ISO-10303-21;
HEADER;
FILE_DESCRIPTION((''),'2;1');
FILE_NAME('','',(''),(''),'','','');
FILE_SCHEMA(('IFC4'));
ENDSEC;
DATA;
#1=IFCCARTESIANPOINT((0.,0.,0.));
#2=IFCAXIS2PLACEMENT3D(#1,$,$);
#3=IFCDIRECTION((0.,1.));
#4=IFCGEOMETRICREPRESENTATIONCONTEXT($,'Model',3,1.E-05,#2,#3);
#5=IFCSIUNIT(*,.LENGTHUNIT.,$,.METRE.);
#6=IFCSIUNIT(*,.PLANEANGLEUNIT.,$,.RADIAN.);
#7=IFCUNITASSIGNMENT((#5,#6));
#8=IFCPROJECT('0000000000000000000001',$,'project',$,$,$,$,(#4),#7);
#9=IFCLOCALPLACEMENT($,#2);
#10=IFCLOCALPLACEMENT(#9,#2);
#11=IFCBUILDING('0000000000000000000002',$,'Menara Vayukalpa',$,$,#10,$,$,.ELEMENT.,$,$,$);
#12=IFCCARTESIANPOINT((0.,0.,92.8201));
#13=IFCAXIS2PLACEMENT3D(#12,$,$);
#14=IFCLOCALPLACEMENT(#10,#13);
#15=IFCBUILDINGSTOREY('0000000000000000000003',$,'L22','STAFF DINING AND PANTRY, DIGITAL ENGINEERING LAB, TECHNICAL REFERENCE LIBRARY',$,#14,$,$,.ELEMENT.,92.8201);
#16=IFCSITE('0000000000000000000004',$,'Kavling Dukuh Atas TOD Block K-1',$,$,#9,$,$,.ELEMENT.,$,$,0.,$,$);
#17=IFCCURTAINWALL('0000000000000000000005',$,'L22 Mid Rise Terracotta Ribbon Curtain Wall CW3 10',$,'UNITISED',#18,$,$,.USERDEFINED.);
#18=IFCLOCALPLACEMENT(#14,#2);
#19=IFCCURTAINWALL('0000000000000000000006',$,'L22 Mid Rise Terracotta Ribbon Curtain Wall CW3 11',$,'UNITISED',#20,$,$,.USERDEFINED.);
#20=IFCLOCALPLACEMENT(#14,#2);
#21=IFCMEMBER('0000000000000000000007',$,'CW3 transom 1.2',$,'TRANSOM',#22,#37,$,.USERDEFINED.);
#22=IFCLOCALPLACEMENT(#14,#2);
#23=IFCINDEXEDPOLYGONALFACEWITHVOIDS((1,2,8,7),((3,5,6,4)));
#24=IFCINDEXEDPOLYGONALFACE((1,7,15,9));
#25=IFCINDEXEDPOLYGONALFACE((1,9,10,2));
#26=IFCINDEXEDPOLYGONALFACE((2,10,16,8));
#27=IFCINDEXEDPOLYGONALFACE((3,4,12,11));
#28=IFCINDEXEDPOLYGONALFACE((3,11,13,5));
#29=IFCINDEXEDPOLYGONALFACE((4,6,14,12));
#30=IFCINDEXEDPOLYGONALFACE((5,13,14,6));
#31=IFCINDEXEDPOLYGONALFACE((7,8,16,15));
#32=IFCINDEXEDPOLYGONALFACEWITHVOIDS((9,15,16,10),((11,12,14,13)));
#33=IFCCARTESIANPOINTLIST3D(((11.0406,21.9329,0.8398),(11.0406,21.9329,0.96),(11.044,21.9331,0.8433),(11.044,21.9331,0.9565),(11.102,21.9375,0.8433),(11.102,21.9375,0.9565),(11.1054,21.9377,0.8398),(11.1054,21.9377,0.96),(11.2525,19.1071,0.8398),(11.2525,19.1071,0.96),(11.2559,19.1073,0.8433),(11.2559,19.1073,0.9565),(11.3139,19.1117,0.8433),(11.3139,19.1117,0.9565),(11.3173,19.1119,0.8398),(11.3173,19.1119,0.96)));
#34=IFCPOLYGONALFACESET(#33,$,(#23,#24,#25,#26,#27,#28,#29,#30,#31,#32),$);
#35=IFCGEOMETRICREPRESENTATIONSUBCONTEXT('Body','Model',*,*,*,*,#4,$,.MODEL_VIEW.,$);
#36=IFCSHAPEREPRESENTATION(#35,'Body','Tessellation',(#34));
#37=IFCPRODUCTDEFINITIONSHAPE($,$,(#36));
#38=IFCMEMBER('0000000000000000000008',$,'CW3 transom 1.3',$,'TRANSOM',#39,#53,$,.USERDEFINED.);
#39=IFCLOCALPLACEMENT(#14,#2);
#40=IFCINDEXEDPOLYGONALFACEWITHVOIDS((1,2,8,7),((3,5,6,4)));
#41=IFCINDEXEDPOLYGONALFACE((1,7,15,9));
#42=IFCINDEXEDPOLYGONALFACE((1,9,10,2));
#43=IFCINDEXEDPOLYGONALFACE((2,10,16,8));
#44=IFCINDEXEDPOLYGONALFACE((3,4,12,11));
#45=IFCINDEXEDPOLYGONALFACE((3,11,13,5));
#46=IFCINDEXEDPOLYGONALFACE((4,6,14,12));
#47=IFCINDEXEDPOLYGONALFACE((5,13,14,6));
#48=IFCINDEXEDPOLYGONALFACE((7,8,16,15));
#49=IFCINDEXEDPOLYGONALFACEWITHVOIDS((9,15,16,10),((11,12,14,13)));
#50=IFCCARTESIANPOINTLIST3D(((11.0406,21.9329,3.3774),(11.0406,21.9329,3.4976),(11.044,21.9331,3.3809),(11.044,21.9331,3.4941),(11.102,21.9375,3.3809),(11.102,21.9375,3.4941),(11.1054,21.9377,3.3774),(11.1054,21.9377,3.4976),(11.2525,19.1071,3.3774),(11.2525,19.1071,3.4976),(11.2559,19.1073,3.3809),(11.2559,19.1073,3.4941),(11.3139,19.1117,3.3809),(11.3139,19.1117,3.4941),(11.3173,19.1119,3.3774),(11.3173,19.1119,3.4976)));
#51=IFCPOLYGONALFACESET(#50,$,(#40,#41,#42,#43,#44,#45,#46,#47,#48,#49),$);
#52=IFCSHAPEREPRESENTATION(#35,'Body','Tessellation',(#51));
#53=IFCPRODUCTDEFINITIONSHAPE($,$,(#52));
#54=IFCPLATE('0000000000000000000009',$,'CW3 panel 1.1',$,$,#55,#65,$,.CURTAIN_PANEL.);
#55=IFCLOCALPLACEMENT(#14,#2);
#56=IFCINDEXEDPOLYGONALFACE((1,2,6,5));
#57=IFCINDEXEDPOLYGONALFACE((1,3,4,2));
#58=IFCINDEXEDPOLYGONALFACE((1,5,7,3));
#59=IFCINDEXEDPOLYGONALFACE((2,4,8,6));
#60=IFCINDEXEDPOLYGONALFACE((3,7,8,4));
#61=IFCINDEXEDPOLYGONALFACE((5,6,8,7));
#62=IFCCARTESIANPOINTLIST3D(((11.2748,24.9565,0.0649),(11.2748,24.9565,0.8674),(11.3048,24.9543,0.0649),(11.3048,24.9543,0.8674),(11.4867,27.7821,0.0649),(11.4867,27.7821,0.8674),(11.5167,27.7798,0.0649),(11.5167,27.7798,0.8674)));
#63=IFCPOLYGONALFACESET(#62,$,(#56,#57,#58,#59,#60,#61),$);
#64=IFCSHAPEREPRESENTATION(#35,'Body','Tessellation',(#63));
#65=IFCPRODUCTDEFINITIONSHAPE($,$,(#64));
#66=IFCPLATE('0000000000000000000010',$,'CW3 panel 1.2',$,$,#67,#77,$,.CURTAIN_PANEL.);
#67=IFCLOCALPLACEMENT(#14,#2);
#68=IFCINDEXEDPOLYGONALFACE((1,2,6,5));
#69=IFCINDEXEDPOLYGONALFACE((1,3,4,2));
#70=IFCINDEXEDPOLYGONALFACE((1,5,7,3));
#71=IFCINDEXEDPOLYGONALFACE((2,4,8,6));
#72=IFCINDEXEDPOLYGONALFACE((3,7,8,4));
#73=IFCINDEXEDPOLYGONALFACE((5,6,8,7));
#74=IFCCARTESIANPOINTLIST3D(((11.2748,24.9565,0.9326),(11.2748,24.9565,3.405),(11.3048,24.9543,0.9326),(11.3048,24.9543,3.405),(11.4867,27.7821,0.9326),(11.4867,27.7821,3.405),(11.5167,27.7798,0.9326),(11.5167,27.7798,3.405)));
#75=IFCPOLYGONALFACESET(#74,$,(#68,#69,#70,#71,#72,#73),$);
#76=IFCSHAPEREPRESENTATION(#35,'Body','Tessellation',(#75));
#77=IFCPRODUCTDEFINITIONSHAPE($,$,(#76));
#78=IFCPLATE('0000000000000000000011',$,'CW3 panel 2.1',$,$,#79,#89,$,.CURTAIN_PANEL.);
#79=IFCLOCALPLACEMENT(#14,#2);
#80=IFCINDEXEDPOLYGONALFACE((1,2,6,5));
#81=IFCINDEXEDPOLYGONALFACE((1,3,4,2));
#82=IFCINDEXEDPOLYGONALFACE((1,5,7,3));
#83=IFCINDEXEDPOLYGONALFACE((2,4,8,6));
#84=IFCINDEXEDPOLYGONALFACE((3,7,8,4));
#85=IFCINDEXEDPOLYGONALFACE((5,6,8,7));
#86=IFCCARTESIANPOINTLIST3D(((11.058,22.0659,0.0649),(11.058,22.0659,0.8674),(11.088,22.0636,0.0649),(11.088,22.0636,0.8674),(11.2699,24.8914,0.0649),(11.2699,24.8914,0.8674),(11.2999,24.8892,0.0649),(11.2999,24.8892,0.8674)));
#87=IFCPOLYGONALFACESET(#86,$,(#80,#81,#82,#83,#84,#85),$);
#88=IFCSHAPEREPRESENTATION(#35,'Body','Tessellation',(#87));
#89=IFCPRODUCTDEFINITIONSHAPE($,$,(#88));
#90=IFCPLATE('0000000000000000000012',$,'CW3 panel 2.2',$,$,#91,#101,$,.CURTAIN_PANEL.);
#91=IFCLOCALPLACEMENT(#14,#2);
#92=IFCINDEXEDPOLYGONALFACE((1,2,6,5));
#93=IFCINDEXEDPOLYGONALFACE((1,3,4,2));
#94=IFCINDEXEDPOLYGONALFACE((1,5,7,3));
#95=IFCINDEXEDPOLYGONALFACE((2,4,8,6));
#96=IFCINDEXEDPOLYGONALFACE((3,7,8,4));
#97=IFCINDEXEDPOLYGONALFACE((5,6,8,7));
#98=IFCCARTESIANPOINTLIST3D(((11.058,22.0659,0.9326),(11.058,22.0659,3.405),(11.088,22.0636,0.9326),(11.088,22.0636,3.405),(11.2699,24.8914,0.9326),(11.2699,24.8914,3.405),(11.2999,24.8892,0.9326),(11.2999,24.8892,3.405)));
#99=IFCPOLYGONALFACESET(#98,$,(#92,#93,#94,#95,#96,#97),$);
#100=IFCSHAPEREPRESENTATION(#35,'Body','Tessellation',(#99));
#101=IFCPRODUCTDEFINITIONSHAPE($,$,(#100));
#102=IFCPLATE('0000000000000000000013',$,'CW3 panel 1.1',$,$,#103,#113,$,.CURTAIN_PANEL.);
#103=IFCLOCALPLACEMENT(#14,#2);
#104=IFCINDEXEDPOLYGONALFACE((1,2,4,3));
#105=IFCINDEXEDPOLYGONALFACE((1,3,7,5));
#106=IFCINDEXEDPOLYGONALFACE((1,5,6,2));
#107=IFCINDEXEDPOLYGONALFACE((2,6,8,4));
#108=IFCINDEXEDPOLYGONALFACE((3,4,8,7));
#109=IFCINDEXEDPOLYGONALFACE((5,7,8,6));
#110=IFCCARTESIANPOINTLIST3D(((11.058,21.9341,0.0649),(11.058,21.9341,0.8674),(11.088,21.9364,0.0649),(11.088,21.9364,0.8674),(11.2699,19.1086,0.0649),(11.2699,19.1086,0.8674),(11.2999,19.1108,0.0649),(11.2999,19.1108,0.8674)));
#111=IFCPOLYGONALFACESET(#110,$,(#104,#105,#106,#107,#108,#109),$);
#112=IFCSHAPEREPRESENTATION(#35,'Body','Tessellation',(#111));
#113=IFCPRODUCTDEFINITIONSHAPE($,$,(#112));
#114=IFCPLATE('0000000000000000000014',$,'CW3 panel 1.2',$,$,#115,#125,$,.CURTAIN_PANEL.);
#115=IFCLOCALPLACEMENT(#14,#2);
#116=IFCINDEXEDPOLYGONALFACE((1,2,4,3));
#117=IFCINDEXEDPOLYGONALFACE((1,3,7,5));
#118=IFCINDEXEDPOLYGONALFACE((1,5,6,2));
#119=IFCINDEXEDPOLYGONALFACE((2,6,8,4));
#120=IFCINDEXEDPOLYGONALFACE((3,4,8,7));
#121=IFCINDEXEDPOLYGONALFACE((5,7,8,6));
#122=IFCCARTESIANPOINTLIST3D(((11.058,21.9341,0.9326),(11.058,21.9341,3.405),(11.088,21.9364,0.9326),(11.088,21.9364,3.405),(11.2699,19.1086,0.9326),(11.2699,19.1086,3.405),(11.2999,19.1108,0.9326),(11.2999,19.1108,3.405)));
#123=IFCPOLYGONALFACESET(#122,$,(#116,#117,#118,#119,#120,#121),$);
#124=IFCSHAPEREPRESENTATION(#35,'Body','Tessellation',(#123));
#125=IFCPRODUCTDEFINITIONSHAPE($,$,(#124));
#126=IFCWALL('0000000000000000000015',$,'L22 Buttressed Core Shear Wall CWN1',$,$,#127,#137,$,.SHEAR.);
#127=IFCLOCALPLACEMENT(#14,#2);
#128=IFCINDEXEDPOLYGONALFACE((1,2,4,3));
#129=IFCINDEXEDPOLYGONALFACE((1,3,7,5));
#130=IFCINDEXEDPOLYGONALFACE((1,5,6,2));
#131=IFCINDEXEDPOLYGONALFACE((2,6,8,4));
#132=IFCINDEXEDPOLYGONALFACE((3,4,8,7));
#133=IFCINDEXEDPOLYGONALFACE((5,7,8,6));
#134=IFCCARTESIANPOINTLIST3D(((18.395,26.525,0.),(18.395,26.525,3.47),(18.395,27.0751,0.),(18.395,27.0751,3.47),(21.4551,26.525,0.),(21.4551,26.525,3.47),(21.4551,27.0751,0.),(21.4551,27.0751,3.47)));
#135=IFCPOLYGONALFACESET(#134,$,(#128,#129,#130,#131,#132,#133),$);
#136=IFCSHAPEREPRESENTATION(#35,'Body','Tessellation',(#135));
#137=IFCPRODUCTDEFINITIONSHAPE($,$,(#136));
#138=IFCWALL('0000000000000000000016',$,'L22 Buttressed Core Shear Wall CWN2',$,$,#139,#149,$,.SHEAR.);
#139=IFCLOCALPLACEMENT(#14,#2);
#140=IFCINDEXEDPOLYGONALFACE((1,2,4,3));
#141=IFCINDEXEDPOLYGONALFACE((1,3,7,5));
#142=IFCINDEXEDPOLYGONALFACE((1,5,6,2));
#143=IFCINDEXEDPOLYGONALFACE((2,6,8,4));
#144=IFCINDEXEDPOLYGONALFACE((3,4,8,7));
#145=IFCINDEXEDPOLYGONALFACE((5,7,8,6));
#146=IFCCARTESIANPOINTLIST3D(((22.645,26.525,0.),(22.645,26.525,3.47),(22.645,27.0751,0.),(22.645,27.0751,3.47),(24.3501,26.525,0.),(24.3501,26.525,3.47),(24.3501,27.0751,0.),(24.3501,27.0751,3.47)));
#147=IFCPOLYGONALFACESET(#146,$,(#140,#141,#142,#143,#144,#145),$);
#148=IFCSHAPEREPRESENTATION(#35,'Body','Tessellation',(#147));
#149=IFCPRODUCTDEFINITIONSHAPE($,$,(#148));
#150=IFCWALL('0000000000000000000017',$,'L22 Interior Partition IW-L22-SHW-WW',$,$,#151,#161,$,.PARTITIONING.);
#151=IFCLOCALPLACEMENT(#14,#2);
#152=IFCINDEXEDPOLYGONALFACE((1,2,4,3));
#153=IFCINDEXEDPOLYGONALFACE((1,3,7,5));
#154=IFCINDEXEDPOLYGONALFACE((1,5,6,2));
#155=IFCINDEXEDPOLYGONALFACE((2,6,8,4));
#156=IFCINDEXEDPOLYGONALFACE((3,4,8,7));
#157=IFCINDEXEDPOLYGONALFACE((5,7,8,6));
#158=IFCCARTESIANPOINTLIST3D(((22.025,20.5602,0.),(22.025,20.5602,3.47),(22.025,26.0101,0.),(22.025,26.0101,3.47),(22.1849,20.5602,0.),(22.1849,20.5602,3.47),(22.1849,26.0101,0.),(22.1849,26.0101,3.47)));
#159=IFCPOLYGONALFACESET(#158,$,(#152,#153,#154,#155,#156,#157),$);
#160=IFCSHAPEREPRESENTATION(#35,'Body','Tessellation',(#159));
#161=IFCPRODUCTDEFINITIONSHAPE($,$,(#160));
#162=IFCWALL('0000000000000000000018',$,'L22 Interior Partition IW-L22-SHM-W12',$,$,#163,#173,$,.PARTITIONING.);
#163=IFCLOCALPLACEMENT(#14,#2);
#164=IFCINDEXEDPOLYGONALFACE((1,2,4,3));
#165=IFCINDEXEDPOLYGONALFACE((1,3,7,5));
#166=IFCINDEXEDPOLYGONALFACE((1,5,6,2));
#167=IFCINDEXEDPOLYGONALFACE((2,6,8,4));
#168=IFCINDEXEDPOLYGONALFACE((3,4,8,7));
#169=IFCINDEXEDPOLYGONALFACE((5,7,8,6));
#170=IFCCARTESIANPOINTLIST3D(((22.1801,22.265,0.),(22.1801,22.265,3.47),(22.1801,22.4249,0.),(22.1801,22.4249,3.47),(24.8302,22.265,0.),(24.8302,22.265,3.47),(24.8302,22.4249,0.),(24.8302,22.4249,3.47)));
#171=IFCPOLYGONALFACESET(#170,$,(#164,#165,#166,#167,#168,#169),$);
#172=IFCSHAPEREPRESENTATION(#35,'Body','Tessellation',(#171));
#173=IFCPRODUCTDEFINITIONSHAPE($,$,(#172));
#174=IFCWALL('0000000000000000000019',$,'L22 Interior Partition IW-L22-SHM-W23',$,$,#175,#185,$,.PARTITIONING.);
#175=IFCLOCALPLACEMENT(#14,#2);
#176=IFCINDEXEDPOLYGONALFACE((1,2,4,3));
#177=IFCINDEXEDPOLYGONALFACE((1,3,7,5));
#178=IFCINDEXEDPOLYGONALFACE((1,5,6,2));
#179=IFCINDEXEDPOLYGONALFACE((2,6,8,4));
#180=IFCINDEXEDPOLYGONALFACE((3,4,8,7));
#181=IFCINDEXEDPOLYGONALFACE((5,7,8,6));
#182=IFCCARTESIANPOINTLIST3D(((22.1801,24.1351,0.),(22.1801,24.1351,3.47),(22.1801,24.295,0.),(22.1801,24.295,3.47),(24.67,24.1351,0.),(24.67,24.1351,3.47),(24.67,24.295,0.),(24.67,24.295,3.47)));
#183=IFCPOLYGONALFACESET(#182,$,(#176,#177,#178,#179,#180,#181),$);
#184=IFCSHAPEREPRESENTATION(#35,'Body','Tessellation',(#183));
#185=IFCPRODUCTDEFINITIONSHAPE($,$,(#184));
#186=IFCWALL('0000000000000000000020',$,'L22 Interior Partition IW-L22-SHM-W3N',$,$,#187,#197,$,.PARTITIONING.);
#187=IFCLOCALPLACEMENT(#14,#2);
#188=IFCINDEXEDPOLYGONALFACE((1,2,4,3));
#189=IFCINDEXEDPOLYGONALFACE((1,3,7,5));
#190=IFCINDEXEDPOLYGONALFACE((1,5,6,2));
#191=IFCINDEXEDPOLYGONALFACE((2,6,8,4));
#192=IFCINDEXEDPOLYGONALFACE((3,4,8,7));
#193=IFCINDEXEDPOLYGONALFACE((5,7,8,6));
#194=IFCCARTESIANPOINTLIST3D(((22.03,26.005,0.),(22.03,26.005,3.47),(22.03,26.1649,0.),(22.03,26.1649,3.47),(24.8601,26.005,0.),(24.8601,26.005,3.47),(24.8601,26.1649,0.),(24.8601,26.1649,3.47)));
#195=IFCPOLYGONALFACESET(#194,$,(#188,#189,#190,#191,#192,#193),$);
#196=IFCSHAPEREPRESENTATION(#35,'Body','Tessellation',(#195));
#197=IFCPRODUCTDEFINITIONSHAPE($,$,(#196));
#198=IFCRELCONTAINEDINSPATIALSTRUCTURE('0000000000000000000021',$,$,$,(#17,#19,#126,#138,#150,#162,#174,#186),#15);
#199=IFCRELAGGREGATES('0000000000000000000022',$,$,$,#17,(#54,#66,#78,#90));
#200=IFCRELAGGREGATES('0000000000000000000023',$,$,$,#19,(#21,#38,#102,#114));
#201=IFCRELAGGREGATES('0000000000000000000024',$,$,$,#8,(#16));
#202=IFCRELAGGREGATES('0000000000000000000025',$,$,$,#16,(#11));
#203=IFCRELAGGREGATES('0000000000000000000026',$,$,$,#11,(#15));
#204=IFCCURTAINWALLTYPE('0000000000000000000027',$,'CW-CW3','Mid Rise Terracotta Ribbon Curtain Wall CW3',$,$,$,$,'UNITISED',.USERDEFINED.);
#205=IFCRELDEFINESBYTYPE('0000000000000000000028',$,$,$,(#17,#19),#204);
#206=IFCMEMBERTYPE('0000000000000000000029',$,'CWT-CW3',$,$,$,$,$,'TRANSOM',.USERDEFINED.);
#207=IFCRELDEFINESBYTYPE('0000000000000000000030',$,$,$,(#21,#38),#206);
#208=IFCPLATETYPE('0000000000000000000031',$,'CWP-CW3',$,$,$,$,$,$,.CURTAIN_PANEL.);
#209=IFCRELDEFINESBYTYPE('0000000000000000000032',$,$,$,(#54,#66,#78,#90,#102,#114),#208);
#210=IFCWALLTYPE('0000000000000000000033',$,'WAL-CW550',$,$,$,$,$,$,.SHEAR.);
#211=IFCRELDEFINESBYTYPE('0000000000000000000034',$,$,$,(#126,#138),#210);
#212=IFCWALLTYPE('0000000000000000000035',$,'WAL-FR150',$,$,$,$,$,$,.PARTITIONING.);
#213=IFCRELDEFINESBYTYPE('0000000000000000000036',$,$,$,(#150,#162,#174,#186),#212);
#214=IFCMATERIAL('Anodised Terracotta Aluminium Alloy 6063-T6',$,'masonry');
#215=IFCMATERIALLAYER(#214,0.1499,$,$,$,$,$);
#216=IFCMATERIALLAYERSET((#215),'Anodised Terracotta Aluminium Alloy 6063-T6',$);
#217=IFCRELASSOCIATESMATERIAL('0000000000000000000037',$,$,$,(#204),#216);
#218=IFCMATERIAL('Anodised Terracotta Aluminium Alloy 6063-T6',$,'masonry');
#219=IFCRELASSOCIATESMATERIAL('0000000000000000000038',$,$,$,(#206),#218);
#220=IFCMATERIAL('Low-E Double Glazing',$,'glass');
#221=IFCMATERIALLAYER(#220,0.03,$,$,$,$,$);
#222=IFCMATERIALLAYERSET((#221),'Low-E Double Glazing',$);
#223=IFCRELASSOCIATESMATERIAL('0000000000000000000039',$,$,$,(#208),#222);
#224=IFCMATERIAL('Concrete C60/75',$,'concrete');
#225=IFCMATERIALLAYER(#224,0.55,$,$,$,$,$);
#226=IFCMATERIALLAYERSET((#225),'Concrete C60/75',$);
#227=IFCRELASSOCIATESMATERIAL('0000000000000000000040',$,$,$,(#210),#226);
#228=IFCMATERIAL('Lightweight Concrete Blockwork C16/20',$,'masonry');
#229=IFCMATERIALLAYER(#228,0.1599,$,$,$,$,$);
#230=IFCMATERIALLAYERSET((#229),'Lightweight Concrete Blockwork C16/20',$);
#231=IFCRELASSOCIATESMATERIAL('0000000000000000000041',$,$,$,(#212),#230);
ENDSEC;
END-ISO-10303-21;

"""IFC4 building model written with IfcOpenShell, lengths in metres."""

from ifc_helpers import new_model, si_unit, direction, frame, frame_2d, origin, origin_2d, place, context, subcontext, project, spatial, rectangle, hollow_rectangle, extrude, material, layer, layer_set, material_profile, profile_set, type_object, element, aggregate, save


model = new_model("IFC4")

# Units and contexts
model_context = context("Model", 3, precision=1e-05, world=origin(), true_north=direction((0.0, 1.0)))
body_context = subcontext(model_context, "Body", "Model", "MODEL_VIEW")
ifc_project = project(units=[si_unit("LENGTHUNIT", "METRE"), si_unit("PLANEANGLEUNIT", "RADIAN")], contexts=[model_context])

# Site, building, storey
site_placement = place(None, origin())
site = spatial("IfcSite", under=ifc_project, at=site_placement, Name="Kavling Dukuh Atas TOD Block K-1", CompositionType="ELEMENT", RefElevation=0.0)
building_placement = place(site_placement, origin())
building = spatial("IfcBuilding", under=site, at=building_placement, Name="Menara Vayukalpa", CompositionType="ELEMENT")
storey_placement = place(building_placement, frame((0.0, 0.0, 92.8201)))
storey = spatial("IfcBuildingStorey", under=building, at=storey_placement, Name="L22", Description="STAFF DINING AND PANTRY, DIGITAL ENGINEERING LAB, TECHNICAL REFERENCE LIBRARY", CompositionType="ELEMENT", Elevation=92.8201)

# Curtain wall
ifc_material_1 = material(Name="Anodised Terracotta Aluminium Alloy 6063-T6", Category="masonry")
ifc_layer_1 = layer(ifc_material_1, 0.1499)
ifc_layer_set_1 = layer_set([ifc_layer_1], Name="Anodised Terracotta Aluminium Alloy 6063-T6")
curtain_wall_type = type_object("IfcCurtainWallType", Name="CW-CW3", Description="Mid Rise Terracotta Ribbon Curtain Wall CW3", ElementType="UNITISED", PredefinedType="USERDEFINED", material=ifc_layer_set_1)
curtain_wall_1_placement = place(storey_placement, origin())
curtain_wall_1 = element("IfcCurtainWall", 1, at=curtain_wall_1_placement, inside=storey, type_object=curtain_wall_type, Name="L22 Mid Rise Terracotta Ribbon Curtain Wall CW3 10", ObjectType="UNITISED", PredefinedType="USERDEFINED")

# Curtain wall
curtain_wall_2_placement = place(storey_placement, origin())
curtain_wall_2 = element("IfcCurtainWall", 2, at=curtain_wall_2_placement, inside=storey, type_object=curtain_wall_type, Name="L22 Mid Rise Terracotta Ribbon Curtain Wall CW3 11", ObjectType="UNITISED", PredefinedType="USERDEFINED")

# Members
ifc_material_2 = material(Name="Anodised Terracotta Aluminium Alloy 6063-T6", Category="masonry")
ifc_material_profile_1 = material_profile(ifc_material_2, hollow_rectangle(XDim=0.0649, YDim=0.1201, WallThickness=0.0034, at=origin_2d()), Name="ALU 65x120x3.5")
ifc_profile_set_1 = profile_set([ifc_material_profile_1], Name="Anodised Terracotta Aluminium Alloy 6063-T6")
member_type_1 = type_object("IfcMemberType", Name="CWT-CW3", ElementType="TRANSOM", PredefinedType="USERDEFINED", material=ifc_profile_set_1)
member_1_placement = place(storey_placement, frame((11.073, 21.9353, 0.8999), z_axis=(0.074786, -0.9972, 0.0), x_axis=(0.9972, 0.074786, 0.0)))
member_1 = element("IfcMember", 3, at=member_1_placement, type_object=member_type_1, Name="CW3 transom 1.2", ObjectType="TRANSOM", PredefinedType="USERDEFINED", context=body_context, shape_type="SweptSolid", body=[
    extrude(hollow_rectangle(XDim=0.0649, YDim=0.1201, WallThickness=0.0034, at=origin_2d()), origin(), (0.0, 0.0, 1.0), 2.8337),
])
member_2_placement = place(storey_placement, frame((11.073, 21.9353, 3.4375), z_axis=(0.074786, -0.9972, 0.0), x_axis=(0.9972, 0.074786, 0.0)))
member_2 = element("IfcMember", 4, at=member_2_placement, type_object=member_type_1, Name="CW3 transom 1.3", ObjectType="TRANSOM", PredefinedType="USERDEFINED", context=body_context, shape_type="SweptSolid", body=[
    extrude(hollow_rectangle(XDim=0.0649, YDim=0.1201, WallThickness=0.0034, at=origin_2d()), origin(), (0.0, 0.0, 1.0), 2.8337),
])

# Plates
ifc_material_3 = material(Name="Low-E Double Glazing", Category="glass")
ifc_layer_2 = layer(ifc_material_3, 0.03)
ifc_layer_set_2 = layer_set([ifc_layer_2], Name="Low-E Double Glazing")
plate_type = type_object("IfcPlateType", Name="CWP-CW3", PredefinedType="CURTAIN_PANEL", material=ifc_layer_set_2)
plate_1_placement = place(storey_placement, frame((11.3958, 26.3682, 0.0649), z_axis=(0.0, 0.0, 1.0), x_axis=(-0.074785, -0.9972, 0.0)))
plate_1 = element("IfcPlate", 5, at=plate_1_placement, type_object=plate_type, Name="CW3 panel 1.1", PredefinedType="CURTAIN_PANEL", context=body_context, shape_type="SweptSolid", body=[
    extrude(rectangle(XDim=2.8335, YDim=0.03, at=origin_2d()), origin(), (0.0, 0.0, 1.0), 0.8025),
])
plate_2_placement = place(storey_placement, frame((11.3958, 26.3682, 0.9326), z_axis=(0.0, 0.0, 1.0), x_axis=(-0.074785, -0.9972, 0.0)))
plate_2 = element("IfcPlate", 6, at=plate_2_placement, type_object=plate_type, Name="CW3 panel 1.2", PredefinedType="CURTAIN_PANEL", context=body_context, shape_type="SweptSolid", body=[
    extrude(rectangle(XDim=2.8335, YDim=0.03, at=origin_2d()), origin(), (0.0, 0.0, 1.0), 2.4724),
])
plate_3_placement = place(storey_placement, frame((11.179, 23.4775, 0.0649), z_axis=(0.0, 0.0, 1.0), x_axis=(-0.074785, -0.9972, 0.0)))
plate_3 = element("IfcPlate", 7, at=plate_3_placement, type_object=plate_type, Name="CW3 panel 2.1", PredefinedType="CURTAIN_PANEL", context=body_context, shape_type="SweptSolid", body=[
    extrude(rectangle(XDim=2.8335, YDim=0.03, at=origin_2d()), origin(), (0.0, 0.0, 1.0), 0.8025),
])
plate_4_placement = place(storey_placement, frame((11.179, 23.4775, 0.9326), z_axis=(0.0, 0.0, 1.0), x_axis=(-0.074785, -0.9972, 0.0)))
plate_4 = element("IfcPlate", 8, at=plate_4_placement, type_object=plate_type, Name="CW3 panel 2.2", PredefinedType="CURTAIN_PANEL", context=body_context, shape_type="SweptSolid", body=[
    extrude(rectangle(XDim=2.8335, YDim=0.03, at=origin_2d()), origin(), (0.0, 0.0, 1.0), 2.4724),
])
aggregate(curtain_wall_1, [plate_1, plate_2, plate_3, plate_4])
plate_5_placement = place(storey_placement, frame((11.179, 20.5225, 0.0649), z_axis=(0.0, 0.0, 1.0), x_axis=(0.074785, -0.9972, 0.0)))
plate_5 = element("IfcPlate", 9, at=plate_5_placement, type_object=plate_type, Name="CW3 panel 1.1", PredefinedType="CURTAIN_PANEL", context=body_context, shape_type="SweptSolid", body=[
    extrude(rectangle(XDim=2.8335, YDim=0.03, at=origin_2d()), origin(), (0.0, 0.0, 1.0), 0.8025),
])
plate_6_placement = place(storey_placement, frame((11.179, 20.5225, 0.9326), z_axis=(0.0, 0.0, 1.0), x_axis=(0.074785, -0.9972, 0.0)))
plate_6 = element("IfcPlate", 10, at=plate_6_placement, type_object=plate_type, Name="CW3 panel 1.2", PredefinedType="CURTAIN_PANEL", context=body_context, shape_type="SweptSolid", body=[
    extrude(rectangle(XDim=2.8335, YDim=0.03, at=origin_2d()), origin(), (0.0, 0.0, 1.0), 2.4724),
])
aggregate(curtain_wall_2, [member_1, member_2, plate_5, plate_6])

# Walls
ifc_material_4 = material(Name="Concrete C60/75", Category="concrete")
ifc_layer_3 = layer(ifc_material_4, 0.55)
ifc_layer_set_3 = layer_set([ifc_layer_3], Name="Concrete C60/75")
wall_type_1 = type_object("IfcWallType", Name="WAL-CW550", PredefinedType="SHEAR", material=ifc_layer_set_3)
wall_1_placement = place(storey_placement, frame((18.395, 26.8, 0.0), z_axis=(0.0, 0.0, 1.0), x_axis=(1.0, 0.0, 0.0)))
element("IfcWall", 11, at=wall_1_placement, inside=storey, type_object=wall_type_1, Name="L22 Buttressed Core Shear Wall CWN1", PredefinedType="SHEAR", context=body_context, shape_type="SweptSolid", body=[
    extrude(rectangle(XDim=3.0601, YDim=0.55, at=frame_2d((1.53, 0.0))), origin(), (0.0, 0.0, 1.0), 3.47),
])
wall_2_placement = place(storey_placement, frame((22.645, 26.8, 0.0), z_axis=(0.0, 0.0, 1.0), x_axis=(1.0, 0.0, 0.0)))
element("IfcWall", 12, at=wall_2_placement, inside=storey, type_object=wall_type_1, Name="L22 Buttressed Core Shear Wall CWN2", PredefinedType="SHEAR", context=body_context, shape_type="SweptSolid", body=[
    extrude(rectangle(XDim=1.7051, YDim=0.55, at=frame_2d((0.8525, 0.0))), origin(), (0.0, 0.0, 1.0), 3.47),
])
ifc_material_5 = material(Name="Lightweight Concrete Blockwork C16/20", Category="masonry")
ifc_layer_4 = layer(ifc_material_5, 0.1599)
ifc_layer_set_4 = layer_set([ifc_layer_4], Name="Lightweight Concrete Blockwork C16/20")
wall_type_2 = type_object("IfcWallType", Name="WAL-FR150", PredefinedType="PARTITIONING", material=ifc_layer_set_4)
wall_3_placement = place(storey_placement, frame((22.105, 20.5601, 0.0), z_axis=(0.0, 0.0, 1.0), x_axis=(0.0, 1.0, 0.0)))
element("IfcWall", 13, at=wall_3_placement, inside=storey, type_object=wall_type_2, Name="L22 Interior Partition IW-L22-SHW-WW", PredefinedType="PARTITIONING", context=body_context, shape_type="SweptSolid", body=[
    extrude(rectangle(XDim=5.45, YDim=0.1599, at=frame_2d((2.7251, 0.0))), origin(), (0.0, 0.0, 1.0), 3.47),
])
wall_4_placement = place(storey_placement, frame((22.1799, 22.345, 0.0), z_axis=(0.0, 0.0, 1.0), x_axis=(1.0, 0.0, 0.0)))
element("IfcWall", 14, at=wall_4_placement, inside=storey, type_object=wall_type_2, Name="L22 Interior Partition IW-L22-SHM-W12", PredefinedType="PARTITIONING", context=body_context, shape_type="SweptSolid", body=[
    extrude(rectangle(XDim=2.6501, YDim=0.1599, at=frame_2d((1.3252, 0.0))), origin(), (0.0, 0.0, 1.0), 3.47),
])
wall_5_placement = place(storey_placement, frame((22.1799, 24.2151, 0.0), z_axis=(0.0, 0.0, 1.0), x_axis=(1.0, 0.0, 0.0)))
element("IfcWall", 15, at=wall_5_placement, inside=storey, type_object=wall_type_2, Name="L22 Interior Partition IW-L22-SHM-W23", PredefinedType="PARTITIONING", context=body_context, shape_type="SweptSolid", body=[
    extrude(rectangle(XDim=2.49, YDim=0.1599, at=frame_2d((1.2451, 0.0))), origin(), (0.0, 0.0, 1.0), 3.47),
])
wall_6_placement = place(storey_placement, frame((22.03, 26.085, 0.0), z_axis=(0.0, 0.0, 1.0), x_axis=(1.0, 0.0, 0.0)))
element("IfcWall", 16, at=wall_6_placement, inside=storey, type_object=wall_type_2, Name="L22 Interior Partition IW-L22-SHM-W3N", PredefinedType="PARTITIONING", context=body_context, shape_type="SweptSolid", body=[
    extrude(rectangle(XDim=2.8301, YDim=0.1599, at=frame_2d((1.415, 0.0))), origin(), (0.0, 0.0, 1.0), 3.47),
])

save(model, "model.ifc")
